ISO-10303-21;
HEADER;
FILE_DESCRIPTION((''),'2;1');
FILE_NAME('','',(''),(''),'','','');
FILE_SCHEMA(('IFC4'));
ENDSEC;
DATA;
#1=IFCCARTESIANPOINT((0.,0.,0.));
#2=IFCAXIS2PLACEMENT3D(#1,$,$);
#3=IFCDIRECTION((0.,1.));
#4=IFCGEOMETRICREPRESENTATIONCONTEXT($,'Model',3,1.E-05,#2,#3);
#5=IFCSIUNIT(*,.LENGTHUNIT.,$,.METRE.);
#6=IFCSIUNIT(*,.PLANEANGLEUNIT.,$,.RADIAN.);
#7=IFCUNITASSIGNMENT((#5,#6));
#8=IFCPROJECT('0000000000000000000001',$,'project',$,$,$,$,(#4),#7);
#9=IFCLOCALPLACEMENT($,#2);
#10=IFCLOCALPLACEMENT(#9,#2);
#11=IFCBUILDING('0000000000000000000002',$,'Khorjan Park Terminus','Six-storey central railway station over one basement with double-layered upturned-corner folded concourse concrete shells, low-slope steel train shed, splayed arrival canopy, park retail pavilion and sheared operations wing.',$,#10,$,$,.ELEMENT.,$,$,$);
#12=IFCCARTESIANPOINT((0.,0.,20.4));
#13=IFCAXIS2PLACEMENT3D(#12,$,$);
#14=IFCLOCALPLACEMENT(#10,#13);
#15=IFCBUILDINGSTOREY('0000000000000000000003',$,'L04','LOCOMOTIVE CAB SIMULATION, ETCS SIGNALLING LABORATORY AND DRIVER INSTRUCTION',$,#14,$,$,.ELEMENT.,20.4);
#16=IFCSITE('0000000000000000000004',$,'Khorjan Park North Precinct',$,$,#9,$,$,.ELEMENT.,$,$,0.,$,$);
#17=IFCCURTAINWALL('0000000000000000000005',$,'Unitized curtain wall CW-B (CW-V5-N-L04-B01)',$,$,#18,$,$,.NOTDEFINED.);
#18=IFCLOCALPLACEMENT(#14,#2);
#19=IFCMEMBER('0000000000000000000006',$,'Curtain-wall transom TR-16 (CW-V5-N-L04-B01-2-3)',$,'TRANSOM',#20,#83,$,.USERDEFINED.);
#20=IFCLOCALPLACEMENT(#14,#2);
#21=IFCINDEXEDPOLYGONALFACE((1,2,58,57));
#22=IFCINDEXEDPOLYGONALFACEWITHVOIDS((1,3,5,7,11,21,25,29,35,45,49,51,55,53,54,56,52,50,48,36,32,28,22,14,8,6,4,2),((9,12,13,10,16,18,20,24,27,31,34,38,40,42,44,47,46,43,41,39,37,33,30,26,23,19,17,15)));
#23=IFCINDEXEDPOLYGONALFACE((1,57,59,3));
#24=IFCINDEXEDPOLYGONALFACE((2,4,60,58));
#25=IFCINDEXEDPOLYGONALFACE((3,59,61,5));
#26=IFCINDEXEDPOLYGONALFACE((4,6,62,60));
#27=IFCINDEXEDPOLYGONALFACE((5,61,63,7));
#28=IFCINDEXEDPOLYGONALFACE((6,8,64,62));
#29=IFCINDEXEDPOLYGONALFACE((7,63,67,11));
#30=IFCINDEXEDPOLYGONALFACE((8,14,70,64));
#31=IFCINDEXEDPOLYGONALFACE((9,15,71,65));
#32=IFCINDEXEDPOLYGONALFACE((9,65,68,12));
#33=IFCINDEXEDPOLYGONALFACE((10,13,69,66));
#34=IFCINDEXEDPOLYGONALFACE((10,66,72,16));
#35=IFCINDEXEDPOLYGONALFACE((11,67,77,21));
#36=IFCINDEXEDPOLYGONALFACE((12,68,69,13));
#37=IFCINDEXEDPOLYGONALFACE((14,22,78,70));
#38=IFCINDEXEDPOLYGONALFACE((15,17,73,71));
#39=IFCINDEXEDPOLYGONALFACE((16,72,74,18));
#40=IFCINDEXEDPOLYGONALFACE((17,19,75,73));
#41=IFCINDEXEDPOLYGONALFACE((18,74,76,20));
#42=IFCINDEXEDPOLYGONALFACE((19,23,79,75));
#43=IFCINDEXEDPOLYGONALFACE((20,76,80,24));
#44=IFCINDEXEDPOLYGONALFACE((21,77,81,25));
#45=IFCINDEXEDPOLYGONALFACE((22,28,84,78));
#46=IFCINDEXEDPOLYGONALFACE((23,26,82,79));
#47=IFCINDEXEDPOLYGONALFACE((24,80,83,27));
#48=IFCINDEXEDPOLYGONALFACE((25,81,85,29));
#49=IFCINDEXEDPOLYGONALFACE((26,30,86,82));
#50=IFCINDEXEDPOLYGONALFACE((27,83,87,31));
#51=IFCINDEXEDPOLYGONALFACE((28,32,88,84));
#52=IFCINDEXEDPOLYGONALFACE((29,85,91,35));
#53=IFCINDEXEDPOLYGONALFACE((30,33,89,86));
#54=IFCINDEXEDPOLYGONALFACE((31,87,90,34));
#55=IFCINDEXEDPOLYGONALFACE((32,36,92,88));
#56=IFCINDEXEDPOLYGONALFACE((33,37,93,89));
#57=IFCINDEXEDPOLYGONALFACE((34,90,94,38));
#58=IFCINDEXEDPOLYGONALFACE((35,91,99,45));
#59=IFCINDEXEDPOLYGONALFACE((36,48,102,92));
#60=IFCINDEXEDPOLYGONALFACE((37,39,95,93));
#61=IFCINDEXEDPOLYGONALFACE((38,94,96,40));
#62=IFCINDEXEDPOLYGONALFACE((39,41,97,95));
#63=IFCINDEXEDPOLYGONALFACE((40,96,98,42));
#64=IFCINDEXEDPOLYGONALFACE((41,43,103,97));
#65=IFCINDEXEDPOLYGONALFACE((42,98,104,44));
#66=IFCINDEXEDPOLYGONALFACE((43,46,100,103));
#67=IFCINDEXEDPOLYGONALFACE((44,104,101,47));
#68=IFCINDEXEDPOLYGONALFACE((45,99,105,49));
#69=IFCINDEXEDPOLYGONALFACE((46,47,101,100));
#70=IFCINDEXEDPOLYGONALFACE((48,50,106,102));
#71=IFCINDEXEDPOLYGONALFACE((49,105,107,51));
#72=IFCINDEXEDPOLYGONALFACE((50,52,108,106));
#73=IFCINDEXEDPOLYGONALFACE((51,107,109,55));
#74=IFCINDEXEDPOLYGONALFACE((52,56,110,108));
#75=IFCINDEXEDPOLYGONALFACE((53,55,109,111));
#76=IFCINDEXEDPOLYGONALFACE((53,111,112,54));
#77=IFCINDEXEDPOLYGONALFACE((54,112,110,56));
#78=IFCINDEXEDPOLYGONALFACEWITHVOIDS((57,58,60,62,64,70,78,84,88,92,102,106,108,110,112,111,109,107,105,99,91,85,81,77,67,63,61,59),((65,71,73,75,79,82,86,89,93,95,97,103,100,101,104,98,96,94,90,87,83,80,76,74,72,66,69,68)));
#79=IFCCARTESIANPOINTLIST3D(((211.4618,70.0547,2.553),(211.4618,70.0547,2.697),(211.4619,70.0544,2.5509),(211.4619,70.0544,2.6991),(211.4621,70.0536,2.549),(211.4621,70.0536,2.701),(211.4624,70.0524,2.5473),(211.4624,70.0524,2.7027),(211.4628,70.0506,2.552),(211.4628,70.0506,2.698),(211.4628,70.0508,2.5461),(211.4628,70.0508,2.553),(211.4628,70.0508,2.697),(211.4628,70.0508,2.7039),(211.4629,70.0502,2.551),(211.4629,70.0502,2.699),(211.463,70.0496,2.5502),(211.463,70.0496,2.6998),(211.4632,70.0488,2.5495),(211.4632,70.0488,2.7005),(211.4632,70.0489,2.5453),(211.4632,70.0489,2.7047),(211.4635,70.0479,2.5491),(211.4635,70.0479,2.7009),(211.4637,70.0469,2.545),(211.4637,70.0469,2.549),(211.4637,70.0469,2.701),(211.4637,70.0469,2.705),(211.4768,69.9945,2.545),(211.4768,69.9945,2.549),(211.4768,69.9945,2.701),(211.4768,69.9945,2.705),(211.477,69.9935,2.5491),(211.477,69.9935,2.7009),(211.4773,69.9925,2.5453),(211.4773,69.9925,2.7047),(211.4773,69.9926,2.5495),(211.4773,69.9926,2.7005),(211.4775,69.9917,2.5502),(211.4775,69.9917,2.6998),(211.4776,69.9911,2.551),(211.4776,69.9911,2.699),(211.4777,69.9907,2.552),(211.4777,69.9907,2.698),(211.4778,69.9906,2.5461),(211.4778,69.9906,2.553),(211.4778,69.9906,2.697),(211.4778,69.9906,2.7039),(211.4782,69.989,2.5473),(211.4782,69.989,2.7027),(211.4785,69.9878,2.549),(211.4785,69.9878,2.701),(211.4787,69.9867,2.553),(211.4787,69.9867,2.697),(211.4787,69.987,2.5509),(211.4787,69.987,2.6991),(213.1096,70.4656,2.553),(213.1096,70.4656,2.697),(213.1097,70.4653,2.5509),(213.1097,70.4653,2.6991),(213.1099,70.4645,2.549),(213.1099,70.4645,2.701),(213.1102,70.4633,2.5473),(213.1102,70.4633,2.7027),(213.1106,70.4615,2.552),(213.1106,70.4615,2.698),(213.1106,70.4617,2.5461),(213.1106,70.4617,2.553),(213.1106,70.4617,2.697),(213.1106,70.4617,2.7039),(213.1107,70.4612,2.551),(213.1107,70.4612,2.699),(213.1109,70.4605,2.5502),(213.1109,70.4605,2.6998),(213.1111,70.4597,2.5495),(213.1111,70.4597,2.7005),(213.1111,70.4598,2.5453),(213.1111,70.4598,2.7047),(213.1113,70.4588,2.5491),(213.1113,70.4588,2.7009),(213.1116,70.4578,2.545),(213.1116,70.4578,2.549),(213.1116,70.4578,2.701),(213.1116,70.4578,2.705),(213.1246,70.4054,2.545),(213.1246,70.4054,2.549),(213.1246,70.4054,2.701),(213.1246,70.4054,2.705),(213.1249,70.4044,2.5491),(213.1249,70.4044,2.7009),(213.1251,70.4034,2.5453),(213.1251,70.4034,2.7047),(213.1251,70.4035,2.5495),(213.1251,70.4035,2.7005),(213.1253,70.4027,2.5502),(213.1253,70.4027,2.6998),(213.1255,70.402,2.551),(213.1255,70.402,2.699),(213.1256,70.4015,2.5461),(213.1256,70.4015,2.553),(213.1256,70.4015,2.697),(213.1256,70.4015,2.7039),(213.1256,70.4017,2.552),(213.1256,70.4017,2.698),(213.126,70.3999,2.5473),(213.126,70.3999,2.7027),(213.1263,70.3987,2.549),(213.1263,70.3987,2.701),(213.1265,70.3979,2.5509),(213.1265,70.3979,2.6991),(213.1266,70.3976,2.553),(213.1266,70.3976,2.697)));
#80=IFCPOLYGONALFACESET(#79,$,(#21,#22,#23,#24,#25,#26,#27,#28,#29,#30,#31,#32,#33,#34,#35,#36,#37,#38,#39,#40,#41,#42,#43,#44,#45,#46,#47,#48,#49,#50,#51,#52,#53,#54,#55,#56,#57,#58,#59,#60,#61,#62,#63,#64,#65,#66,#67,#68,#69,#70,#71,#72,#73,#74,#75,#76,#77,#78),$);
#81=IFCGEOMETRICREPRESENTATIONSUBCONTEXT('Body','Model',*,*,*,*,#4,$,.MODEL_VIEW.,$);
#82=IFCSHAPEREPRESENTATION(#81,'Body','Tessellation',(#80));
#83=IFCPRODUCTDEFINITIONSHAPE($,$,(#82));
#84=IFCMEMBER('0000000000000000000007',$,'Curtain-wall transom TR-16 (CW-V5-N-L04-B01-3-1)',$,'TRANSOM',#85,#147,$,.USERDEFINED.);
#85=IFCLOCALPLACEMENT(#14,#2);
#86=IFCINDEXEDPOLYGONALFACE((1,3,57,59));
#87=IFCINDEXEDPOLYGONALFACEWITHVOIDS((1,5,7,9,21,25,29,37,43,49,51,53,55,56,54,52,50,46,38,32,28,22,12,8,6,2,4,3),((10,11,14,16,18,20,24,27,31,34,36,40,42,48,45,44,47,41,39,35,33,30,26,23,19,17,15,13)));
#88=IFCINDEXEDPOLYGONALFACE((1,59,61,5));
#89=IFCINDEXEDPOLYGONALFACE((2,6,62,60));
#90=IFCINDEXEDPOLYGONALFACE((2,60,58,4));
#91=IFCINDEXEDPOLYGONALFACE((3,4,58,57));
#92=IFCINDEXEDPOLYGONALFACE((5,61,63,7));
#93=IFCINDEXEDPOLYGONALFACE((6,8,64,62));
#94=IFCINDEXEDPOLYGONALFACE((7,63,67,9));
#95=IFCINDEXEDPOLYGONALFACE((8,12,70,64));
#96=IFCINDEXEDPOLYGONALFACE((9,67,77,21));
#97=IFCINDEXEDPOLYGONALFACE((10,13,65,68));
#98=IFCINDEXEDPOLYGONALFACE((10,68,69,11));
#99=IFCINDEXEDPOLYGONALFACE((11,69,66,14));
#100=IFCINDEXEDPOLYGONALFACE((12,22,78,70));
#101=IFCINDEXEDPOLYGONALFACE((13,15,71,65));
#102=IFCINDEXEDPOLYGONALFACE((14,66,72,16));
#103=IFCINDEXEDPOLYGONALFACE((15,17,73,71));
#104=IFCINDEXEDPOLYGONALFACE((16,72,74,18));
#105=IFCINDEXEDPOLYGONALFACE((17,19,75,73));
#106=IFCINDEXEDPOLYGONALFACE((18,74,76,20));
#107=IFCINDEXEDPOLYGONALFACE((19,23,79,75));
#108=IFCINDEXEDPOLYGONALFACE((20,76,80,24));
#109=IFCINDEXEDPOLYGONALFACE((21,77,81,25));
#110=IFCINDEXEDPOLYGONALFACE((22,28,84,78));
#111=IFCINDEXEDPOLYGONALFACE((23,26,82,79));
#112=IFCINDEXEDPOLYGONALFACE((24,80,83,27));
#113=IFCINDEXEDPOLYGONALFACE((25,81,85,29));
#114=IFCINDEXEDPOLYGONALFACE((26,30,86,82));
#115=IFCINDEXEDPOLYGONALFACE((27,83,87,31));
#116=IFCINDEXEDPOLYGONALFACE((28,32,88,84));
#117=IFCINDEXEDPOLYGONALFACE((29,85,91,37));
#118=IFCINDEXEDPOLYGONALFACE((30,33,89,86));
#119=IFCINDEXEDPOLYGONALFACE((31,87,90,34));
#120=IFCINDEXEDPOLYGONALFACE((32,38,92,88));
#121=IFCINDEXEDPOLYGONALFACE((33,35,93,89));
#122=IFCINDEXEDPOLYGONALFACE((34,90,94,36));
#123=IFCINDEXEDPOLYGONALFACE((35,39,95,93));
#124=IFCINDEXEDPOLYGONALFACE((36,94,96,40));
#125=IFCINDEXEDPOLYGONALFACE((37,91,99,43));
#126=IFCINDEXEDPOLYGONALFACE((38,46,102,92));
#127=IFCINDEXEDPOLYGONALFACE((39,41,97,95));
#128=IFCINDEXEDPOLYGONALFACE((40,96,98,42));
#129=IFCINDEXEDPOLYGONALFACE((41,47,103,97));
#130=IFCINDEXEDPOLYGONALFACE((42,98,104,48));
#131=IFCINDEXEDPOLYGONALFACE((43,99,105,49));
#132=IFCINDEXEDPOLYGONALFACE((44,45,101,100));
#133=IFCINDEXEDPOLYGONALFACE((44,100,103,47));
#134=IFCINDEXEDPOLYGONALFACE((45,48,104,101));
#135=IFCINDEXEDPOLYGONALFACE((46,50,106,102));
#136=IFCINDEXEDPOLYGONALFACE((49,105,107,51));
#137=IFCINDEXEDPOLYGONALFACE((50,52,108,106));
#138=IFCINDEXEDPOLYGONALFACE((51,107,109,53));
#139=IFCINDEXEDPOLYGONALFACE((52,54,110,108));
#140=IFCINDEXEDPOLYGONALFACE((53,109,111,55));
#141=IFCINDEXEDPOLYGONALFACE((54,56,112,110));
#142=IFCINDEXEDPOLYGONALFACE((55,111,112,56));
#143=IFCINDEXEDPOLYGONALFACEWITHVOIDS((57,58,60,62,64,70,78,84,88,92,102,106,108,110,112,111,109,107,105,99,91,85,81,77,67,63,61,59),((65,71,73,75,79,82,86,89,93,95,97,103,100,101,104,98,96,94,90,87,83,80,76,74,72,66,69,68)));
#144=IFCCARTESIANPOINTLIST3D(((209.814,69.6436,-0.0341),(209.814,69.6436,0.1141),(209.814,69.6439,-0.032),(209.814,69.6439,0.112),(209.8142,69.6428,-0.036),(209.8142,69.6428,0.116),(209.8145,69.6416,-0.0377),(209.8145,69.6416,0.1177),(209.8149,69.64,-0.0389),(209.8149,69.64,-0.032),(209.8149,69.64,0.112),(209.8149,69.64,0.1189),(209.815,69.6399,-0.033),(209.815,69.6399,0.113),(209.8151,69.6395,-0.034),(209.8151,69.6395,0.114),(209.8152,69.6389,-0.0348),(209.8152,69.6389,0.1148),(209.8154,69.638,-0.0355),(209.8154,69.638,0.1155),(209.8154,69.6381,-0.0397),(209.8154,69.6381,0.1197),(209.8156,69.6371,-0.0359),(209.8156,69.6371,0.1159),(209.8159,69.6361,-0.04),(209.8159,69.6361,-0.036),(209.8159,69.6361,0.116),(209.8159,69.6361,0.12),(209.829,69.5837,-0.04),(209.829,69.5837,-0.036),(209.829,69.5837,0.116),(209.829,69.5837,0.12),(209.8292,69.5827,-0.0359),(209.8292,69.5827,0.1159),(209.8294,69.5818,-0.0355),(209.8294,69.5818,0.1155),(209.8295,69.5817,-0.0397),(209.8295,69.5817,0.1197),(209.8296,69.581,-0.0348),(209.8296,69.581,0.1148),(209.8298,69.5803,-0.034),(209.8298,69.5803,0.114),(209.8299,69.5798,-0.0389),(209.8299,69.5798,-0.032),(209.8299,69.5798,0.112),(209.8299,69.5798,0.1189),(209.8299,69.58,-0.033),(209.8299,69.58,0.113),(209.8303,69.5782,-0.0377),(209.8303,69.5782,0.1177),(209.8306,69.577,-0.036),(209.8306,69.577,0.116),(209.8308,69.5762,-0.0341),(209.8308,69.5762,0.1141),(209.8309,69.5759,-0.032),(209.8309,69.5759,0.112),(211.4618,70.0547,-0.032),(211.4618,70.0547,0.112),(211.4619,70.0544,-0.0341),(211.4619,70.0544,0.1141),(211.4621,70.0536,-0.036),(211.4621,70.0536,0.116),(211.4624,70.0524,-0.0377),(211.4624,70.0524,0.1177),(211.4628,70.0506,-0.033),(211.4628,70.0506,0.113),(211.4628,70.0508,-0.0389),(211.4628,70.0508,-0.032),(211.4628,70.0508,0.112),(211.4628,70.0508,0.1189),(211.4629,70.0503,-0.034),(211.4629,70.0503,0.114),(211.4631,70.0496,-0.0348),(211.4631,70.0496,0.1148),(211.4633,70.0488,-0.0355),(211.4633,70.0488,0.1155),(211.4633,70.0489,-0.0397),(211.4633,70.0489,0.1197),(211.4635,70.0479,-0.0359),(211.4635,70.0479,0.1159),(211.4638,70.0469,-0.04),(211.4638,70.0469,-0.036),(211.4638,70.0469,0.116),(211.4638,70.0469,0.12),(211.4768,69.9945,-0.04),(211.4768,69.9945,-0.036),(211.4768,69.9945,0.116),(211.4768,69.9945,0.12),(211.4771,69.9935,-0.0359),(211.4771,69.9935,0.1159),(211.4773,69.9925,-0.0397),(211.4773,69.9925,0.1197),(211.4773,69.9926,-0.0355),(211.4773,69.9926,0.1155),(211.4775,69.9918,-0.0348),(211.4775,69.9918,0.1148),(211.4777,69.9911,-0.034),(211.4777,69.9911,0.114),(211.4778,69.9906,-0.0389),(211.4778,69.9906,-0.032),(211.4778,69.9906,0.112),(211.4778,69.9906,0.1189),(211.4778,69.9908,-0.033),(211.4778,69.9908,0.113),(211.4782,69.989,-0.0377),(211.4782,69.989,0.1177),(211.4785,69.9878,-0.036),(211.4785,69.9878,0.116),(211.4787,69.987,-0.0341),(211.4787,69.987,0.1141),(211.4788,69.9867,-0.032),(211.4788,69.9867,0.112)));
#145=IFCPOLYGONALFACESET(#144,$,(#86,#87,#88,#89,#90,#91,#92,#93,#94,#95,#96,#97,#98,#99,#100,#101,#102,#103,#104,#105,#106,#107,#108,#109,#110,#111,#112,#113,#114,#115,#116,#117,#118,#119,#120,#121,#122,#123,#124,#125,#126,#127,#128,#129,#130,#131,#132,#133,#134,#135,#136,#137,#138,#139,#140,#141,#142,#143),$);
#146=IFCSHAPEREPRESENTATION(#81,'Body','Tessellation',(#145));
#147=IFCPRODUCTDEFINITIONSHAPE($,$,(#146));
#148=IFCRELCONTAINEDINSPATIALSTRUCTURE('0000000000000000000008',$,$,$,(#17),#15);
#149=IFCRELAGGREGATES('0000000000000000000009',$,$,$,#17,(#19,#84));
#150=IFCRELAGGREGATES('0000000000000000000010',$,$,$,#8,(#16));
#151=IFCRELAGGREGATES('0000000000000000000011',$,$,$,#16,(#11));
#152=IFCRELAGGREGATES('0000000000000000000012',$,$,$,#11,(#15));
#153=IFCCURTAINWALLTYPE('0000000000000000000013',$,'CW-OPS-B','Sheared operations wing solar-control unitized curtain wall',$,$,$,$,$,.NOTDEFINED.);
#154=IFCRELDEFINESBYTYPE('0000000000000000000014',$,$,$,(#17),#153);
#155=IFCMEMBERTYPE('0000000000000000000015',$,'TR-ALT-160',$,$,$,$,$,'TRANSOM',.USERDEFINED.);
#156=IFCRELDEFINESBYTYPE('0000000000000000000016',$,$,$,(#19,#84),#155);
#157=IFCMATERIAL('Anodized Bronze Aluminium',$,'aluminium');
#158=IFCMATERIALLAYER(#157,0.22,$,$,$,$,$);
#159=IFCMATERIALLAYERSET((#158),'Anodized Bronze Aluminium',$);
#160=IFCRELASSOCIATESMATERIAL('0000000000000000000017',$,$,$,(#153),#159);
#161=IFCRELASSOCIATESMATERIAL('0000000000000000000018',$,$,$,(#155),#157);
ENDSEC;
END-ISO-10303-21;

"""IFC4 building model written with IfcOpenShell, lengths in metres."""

from ifc_helpers import new_model, si_unit, direction, frame, origin, origin_2d, place, context, subcontext, project, spatial, hollow_rectangle, extrude, material, layer, layer_set, material_profile, profile_set, type_object, element, aggregate, save


model = new_model("IFC4")

# Units and contexts
model_context = context("Model", 3, precision=1e-05, world=origin(), true_north=direction((0.0, 1.0)))
body_context = subcontext(model_context, "Body", "Model", "MODEL_VIEW")
ifc_project = project(units=[si_unit("LENGTHUNIT", "METRE"), si_unit("PLANEANGLEUNIT", "RADIAN")], contexts=[model_context])

# Site, building, storey
site_placement = place(None, origin())
site = spatial("IfcSite", under=ifc_project, at=site_placement, Name="Khorjan Park North Precinct", CompositionType="ELEMENT", RefElevation=0.0)
building_placement = place(site_placement, origin())
building = spatial("IfcBuilding", under=site, at=building_placement, Name="Khorjan Park Terminus", Description="Six-storey central railway station over one basement with double-layered upturned-corner folded concourse concrete shells, low-slope steel train shed, splayed arrival canopy, park retail pavilion and sheared operations wing.", CompositionType="ELEMENT")
storey_placement = place(building_placement, frame((0.0, 0.0, 20.4)))
storey = spatial("IfcBuildingStorey", under=building, at=storey_placement, Name="L04", Description="LOCOMOTIVE CAB SIMULATION, ETCS SIGNALLING LABORATORY AND DRIVER INSTRUCTION", CompositionType="ELEMENT", Elevation=20.4)

# Shared definitions
ifc_material_1 = material(Name="Anodized Bronze Aluminium", Category="aluminium")
ifc_layer_1 = layer(ifc_material_1, 0.22)
ifc_layer_set_1 = layer_set([ifc_layer_1], Name="Anodized Bronze Aluminium")
curtain_wall_type = type_object("IfcCurtainWallType", Name="CW-OPS-B", Description="Sheared operations wing solar-control unitized curtain wall", PredefinedType="NOTDEFINED", material=ifc_layer_set_1)

# Curtain wall, members
curtain_wall_1_placement = place(storey_placement, origin())
curtain_wall_1 = element("IfcCurtainWall", 1, at=curtain_wall_1_placement, inside=storey, type_object=curtain_wall_type, Name="Unitized curtain wall CW-B (CW-V5-N-L04-B01)", PredefinedType="NOTDEFINED")
ifc_material_profile_1 = material_profile(ifc_material_1, hollow_rectangle(XDim=0.07, YDim=0.16, WallThickness=0.004, InnerFilletRadius=0.004, OuterFilletRadius=0.008, at=origin_2d()), Name="ALT 70x160x4")
ifc_profile_set_1 = profile_set([ifc_material_profile_1], Name="Anodized Bronze Aluminium")
member_type_1 = type_object("IfcMemberType", Name="TR-ALT-160", ElementType="TRANSOM", PredefinedType="USERDEFINED", material=ifc_profile_set_1)
member_1_placement = place(storey_placement, frame((213.1181, 70.4316, 2.625), z_axis=(-0.970288, -0.241954, 0.0), x_axis=(0.241954, -0.970288, 0.0)))
member_1 = element("IfcMember", 2, at=member_1_placement, type_object=member_type_1, Name="Curtain-wall transom TR-16 (CW-V5-N-L04-B01-2-3)", ObjectType="TRANSOM", PredefinedType="USERDEFINED", context=body_context, shape_type="SweptSolid", body=[
    extrude(hollow_rectangle(XDim=0.07, YDim=0.16, WallThickness=0.004, InnerFilletRadius=0.004, OuterFilletRadius=0.008, at=origin_2d()), origin(), (0.0, 0.0, 1.0), 1.6983),
])
member_2_placement = place(storey_placement, frame((211.4703, 70.0207, 0.04), z_axis=(-0.970305, -0.241884, 0.0), x_axis=(0.241884, -0.970305, 0.0)))
member_2 = element("IfcMember", 3, at=member_2_placement, type_object=member_type_1, Name="Curtain-wall transom TR-16 (CW-V5-N-L04-B01-3-1)", ObjectType="TRANSOM", PredefinedType="USERDEFINED", context=body_context, shape_type="SweptSolid", body=[
    extrude(hollow_rectangle(XDim=0.07, YDim=0.16, WallThickness=0.004, InnerFilletRadius=0.004, OuterFilletRadius=0.008, at=origin_2d()), origin(), (0.0, 0.0, 1.0), 1.6983),
])

aggregate(curtain_wall_1, [member_1, member_2])

save(model, "model.ifc")
